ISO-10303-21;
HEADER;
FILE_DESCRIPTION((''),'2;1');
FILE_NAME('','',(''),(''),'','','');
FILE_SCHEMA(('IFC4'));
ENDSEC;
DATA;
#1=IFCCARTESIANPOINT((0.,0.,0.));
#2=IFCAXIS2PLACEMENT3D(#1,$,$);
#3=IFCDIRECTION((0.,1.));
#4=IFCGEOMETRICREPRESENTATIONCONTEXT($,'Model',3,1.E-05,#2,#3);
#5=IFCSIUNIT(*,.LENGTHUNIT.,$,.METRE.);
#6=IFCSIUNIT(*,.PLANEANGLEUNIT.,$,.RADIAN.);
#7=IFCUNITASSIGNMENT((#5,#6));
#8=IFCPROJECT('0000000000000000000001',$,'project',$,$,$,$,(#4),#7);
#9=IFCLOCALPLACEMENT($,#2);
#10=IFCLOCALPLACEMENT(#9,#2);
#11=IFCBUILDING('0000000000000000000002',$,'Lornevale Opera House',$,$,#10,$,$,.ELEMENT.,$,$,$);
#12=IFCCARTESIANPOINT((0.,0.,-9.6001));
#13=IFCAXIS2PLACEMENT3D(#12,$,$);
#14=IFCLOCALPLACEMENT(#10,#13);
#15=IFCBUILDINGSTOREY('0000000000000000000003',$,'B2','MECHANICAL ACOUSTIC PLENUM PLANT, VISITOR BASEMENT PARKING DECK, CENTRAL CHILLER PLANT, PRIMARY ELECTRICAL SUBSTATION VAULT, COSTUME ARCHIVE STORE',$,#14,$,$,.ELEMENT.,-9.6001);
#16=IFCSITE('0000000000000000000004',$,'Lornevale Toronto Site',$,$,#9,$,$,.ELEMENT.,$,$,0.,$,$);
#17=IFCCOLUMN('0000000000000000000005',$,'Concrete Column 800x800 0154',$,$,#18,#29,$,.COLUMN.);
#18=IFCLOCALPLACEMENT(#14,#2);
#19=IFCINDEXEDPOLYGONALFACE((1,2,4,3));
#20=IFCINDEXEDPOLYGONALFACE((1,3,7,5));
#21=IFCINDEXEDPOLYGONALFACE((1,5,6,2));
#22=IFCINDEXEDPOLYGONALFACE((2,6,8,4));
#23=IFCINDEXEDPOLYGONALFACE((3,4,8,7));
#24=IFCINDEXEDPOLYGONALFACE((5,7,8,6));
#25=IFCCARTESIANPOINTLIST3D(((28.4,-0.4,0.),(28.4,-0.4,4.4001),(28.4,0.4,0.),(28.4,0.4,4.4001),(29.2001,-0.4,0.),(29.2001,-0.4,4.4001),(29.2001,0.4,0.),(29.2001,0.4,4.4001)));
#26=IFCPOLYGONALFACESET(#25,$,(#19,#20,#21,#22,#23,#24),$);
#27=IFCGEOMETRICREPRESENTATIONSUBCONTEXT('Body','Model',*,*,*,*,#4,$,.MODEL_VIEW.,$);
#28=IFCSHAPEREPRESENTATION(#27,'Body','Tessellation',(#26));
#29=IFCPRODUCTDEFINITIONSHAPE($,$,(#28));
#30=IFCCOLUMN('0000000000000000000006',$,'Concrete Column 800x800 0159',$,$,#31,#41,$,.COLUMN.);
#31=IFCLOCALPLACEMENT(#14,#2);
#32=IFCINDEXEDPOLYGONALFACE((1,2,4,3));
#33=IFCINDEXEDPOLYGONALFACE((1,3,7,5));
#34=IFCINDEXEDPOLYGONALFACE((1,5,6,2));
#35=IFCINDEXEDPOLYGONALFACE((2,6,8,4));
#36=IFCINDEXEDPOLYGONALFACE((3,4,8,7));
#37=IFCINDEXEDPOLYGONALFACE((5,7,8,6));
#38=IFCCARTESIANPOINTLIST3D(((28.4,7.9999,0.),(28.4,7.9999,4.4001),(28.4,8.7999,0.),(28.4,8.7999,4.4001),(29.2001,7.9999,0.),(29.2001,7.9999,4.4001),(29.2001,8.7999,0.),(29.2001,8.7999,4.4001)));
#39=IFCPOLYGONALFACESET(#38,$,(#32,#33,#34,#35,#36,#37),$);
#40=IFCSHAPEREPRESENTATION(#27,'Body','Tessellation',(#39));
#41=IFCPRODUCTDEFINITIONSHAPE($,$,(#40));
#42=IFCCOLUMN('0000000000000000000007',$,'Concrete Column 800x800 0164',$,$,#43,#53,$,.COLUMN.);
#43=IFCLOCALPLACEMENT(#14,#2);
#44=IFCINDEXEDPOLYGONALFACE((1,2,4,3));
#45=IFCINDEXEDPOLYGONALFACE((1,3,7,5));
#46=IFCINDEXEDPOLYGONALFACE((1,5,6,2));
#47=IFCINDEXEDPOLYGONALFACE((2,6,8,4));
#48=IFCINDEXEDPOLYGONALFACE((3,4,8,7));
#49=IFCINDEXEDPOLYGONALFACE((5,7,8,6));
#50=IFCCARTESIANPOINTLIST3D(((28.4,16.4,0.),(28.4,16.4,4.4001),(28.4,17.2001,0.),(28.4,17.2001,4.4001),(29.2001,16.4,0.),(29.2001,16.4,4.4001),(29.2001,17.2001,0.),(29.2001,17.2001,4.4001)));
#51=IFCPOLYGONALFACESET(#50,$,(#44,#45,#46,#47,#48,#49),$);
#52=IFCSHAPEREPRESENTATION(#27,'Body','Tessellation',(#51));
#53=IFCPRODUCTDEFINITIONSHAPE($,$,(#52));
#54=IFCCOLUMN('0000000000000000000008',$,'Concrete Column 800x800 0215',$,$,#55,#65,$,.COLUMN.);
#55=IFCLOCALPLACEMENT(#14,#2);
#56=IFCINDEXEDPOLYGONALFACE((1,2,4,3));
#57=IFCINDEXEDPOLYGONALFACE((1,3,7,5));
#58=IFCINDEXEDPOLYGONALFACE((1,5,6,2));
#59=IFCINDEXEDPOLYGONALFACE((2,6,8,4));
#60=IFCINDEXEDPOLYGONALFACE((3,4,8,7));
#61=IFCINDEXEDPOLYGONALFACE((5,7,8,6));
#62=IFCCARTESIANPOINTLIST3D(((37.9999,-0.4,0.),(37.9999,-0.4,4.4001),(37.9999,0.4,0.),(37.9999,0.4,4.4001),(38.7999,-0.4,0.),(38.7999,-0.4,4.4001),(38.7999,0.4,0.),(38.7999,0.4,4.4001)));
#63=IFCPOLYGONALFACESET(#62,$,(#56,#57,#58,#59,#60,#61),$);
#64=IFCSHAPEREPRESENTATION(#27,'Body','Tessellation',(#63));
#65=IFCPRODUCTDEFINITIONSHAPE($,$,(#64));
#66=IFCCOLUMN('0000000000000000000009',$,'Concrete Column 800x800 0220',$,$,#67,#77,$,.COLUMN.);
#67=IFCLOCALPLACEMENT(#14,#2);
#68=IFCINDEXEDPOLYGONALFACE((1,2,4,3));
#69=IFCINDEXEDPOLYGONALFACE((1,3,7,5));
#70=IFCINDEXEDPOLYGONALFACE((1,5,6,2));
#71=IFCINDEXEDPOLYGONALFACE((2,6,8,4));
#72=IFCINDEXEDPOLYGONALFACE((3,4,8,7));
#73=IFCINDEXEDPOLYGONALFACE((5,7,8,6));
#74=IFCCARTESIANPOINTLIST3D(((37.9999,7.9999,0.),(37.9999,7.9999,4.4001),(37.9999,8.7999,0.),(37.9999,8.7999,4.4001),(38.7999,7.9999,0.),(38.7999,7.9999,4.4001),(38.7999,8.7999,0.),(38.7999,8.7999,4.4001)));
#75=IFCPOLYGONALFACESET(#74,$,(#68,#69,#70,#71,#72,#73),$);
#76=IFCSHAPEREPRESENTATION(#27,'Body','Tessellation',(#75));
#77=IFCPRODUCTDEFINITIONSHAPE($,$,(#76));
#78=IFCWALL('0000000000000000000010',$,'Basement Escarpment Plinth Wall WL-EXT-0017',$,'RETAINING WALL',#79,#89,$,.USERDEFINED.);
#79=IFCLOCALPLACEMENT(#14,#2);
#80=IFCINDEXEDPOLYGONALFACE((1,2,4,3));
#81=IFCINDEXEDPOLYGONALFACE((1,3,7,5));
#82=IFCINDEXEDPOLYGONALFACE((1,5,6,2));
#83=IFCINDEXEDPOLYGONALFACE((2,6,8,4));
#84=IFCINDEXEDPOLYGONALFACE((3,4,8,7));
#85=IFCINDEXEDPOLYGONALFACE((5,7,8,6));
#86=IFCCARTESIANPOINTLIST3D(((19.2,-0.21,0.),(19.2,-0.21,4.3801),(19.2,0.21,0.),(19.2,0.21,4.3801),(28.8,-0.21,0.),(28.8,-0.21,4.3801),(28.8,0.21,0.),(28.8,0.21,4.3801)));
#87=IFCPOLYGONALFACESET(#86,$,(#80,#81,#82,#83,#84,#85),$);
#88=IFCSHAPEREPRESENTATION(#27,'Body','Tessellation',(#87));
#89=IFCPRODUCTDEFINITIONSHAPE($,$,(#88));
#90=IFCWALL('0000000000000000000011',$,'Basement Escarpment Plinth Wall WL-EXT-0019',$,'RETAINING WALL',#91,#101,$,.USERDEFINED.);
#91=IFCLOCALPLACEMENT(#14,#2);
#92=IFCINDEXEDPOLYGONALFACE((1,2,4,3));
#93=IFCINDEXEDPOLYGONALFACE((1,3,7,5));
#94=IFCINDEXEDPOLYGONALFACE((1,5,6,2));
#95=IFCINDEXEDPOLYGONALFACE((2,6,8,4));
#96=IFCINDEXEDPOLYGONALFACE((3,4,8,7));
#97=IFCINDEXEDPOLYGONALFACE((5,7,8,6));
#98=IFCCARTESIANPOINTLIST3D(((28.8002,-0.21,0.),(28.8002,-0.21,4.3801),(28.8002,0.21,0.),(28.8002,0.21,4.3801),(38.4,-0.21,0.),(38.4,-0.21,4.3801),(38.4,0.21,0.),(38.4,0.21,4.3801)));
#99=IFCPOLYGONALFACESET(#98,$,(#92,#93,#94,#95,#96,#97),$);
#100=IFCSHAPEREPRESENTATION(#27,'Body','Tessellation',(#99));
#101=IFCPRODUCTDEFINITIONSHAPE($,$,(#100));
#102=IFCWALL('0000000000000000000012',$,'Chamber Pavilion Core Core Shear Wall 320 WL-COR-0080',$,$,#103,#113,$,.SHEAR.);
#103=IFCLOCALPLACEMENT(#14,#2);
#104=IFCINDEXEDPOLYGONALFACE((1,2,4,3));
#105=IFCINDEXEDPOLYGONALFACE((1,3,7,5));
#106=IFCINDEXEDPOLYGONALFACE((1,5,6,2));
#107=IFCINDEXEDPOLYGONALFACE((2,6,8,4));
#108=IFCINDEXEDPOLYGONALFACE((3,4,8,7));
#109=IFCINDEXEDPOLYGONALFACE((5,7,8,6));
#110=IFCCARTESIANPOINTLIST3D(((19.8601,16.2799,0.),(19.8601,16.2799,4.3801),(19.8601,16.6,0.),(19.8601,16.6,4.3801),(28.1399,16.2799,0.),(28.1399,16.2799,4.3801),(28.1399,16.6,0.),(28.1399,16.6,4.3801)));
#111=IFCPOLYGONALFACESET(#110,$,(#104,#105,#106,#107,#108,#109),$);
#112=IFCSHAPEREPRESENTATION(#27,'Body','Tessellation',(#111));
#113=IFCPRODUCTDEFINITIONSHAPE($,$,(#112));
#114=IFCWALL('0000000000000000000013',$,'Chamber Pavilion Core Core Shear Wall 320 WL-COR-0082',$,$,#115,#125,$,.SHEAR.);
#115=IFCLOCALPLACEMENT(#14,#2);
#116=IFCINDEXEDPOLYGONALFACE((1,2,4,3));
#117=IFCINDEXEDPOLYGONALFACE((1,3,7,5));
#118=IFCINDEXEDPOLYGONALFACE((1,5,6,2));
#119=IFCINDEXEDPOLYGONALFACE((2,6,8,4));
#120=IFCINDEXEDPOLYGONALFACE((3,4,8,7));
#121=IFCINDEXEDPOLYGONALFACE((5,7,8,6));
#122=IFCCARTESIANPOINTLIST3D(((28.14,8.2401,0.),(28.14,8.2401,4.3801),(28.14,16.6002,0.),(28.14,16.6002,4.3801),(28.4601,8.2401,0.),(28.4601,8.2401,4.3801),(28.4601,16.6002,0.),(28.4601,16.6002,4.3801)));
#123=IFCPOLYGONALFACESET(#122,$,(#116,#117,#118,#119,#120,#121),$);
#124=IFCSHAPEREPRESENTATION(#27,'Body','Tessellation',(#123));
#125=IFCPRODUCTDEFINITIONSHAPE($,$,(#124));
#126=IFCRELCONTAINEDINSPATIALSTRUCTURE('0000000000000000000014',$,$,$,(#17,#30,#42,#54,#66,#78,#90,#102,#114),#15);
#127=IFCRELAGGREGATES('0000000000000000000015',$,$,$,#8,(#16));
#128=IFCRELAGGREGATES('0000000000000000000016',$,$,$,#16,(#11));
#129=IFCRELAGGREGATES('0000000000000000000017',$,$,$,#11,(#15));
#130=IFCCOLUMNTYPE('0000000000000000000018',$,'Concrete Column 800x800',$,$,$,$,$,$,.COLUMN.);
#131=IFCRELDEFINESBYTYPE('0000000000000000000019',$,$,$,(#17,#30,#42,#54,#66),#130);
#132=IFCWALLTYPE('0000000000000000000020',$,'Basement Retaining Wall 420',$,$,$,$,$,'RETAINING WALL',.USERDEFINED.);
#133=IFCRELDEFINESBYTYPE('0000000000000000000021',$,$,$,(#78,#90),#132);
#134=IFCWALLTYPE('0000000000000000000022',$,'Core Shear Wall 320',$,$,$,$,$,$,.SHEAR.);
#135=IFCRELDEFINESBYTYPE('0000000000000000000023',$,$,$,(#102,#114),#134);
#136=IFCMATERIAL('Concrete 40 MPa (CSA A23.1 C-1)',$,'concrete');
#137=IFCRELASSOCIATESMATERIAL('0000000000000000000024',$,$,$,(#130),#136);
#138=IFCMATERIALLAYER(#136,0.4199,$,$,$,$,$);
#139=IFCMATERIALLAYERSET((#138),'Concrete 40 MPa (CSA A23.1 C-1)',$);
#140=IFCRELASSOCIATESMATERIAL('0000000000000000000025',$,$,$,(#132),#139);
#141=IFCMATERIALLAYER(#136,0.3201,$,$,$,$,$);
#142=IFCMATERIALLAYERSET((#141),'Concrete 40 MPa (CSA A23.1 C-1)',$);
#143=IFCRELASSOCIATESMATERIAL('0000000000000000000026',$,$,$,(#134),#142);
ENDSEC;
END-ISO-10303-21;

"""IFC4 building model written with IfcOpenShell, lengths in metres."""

from ifc_helpers import new_model, si_unit, direction, frame, frame_2d, origin, origin_2d, place, context, subcontext, project, spatial, rectangle, extrude, material, layer, layer_set, material_profile, profile_set, type_object, element, save


model = new_model("IFC4")

# Units and contexts
model_context = context("Model", 3, precision=1e-05, world=origin(), true_north=direction((0.0, 1.0)))
body_context = subcontext(model_context, "Body", "Model", "MODEL_VIEW")
ifc_project = project(units=[si_unit("LENGTHUNIT", "METRE"), si_unit("PLANEANGLEUNIT", "RADIAN")], contexts=[model_context])

# Site, building, storey
site_placement = place(None, origin())
site = spatial("IfcSite", under=ifc_project, at=site_placement, Name="Lornevale Toronto Site", CompositionType="ELEMENT", RefElevation=0.0)
building_placement = place(site_placement, origin())
building = spatial("IfcBuilding", under=site, at=building_placement, Name="Lornevale Opera House", CompositionType="ELEMENT")
storey_placement = place(building_placement, frame((0.0, 0.0, -9.6001)))
storey = spatial("IfcBuildingStorey", under=building, at=storey_placement, Name="B2", Description="MECHANICAL ACOUSTIC PLENUM PLANT, VISITOR BASEMENT PARKING DECK, CENTRAL CHILLER PLANT, PRIMARY ELECTRICAL SUBSTATION VAULT, COSTUME ARCHIVE STORE", CompositionType="ELEMENT", Elevation=-9.6001)

# Shared definitions
ifc_material_1 = material(Name="Concrete 40 MPa (CSA A23.1 C-1)", Category="concrete")

# Columns
ifc_material_profile_1 = material_profile(ifc_material_1, rectangle(XDim=0.8, YDim=0.8, at=origin_2d()), Name="RC800x800")
ifc_profile_set_1 = profile_set([ifc_material_profile_1], Name="Concrete 40 MPa (CSA A23.1 C-1)")
column_type = type_object("IfcColumnType", Name="Concrete Column 800x800", PredefinedType="COLUMN", material=ifc_profile_set_1)
for number, where, z_axis, x_axis, name in (
    (1, (28.8, 0.0, 0.0), (0.0, 0.0, 1.0), (1.0, 0.0, 0.0), "Concrete Column 800x800 0154"),
    (2, (28.8, 8.3999, 0.0), (0.0, 0.0, 1.0), (1.0, 0.0, 0.0), "Concrete Column 800x800 0159"),
    (3, (28.8, 16.8, 0.0), (0.0, 0.0, 1.0), (1.0, 0.0, 0.0), "Concrete Column 800x800 0164"),
    (4, (38.3999, 0.0, 0.0), (0.0, 0.0, 1.0), (1.0, 0.0, 0.0), "Concrete Column 800x800 0215"),
    (5, (38.3999, 8.3999, 0.0), (0.0, 0.0, 1.0), (1.0, 0.0, 0.0), "Concrete Column 800x800 0220"),
):
    element("IfcColumn", number, at=place(storey_placement, frame(where, z_axis=z_axis, x_axis=x_axis)), inside=storey, type_object=column_type, Name=name, PredefinedType="COLUMN", context=body_context, shape_type="SweptSolid", body=[
        extrude(rectangle(XDim=0.8, YDim=0.8, at=origin_2d()), origin(), (0.0, 0.0, 1.0), 4.4001),
    ])

# Walls
ifc_layer_1 = layer(ifc_material_1, 0.4199)
ifc_layer_set_1 = layer_set([ifc_layer_1], Name="Concrete 40 MPa (CSA A23.1 C-1)")
wall_type_1 = type_object("IfcWallType", Name="Basement Retaining Wall 420", ElementType="RETAINING WALL", PredefinedType="USERDEFINED", material=ifc_layer_set_1)
wall_1_placement = place(storey_placement, frame((28.8, 0.0, 0.0), z_axis=(0.0, 0.0, 1.0), x_axis=(-1.0, 0.0, 0.0)))
element("IfcWall", 6, at=wall_1_placement, inside=storey, type_object=wall_type_1, Name="Basement Escarpment Plinth Wall WL-EXT-0017", ObjectType="RETAINING WALL", PredefinedType="USERDEFINED", context=body_context, shape_type="SweptSolid", body=[
    extrude(rectangle(XDim=9.6001, YDim=0.4199, at=frame_2d((4.8, 0.0))), origin(), (0.0, 0.0, 1.0), 4.3801),
])
wall_2_placement = place(storey_placement, frame((38.3999, 0.0, 0.0), z_axis=(0.0, 0.0, 1.0), x_axis=(-1.0, 0.0, 0.0)))
element("IfcWall", 7, at=wall_2_placement, inside=storey, type_object=wall_type_1, Name="Basement Escarpment Plinth Wall WL-EXT-0019", ObjectType="RETAINING WALL", PredefinedType="USERDEFINED", context=body_context, shape_type="SweptSolid", body=[
    extrude(rectangle(XDim=9.5999, YDim=0.4199, at=frame_2d((4.7998, 0.0))), origin(), (0.0, 0.0, 1.0), 4.3801),
])
ifc_layer_2 = layer(ifc_material_1, 0.3201)
ifc_layer_set_2 = layer_set([ifc_layer_2], Name="Concrete 40 MPa (CSA A23.1 C-1)")
wall_type_2 = type_object("IfcWallType", Name="Core Shear Wall 320", PredefinedType="SHEAR", material=ifc_layer_set_2)
wall_3_placement = place(storey_placement, frame((28.1399, 16.4399, 0.0), z_axis=(0.0, 0.0, 1.0), x_axis=(-1.0, 0.0, 0.0)))
element("IfcWall", 8, at=wall_3_placement, inside=storey, type_object=wall_type_2, Name="Chamber Pavilion Core Core Shear Wall 320 WL-COR-0080", PredefinedType="SHEAR", context=body_context, shape_type="SweptSolid", body=[
    extrude(rectangle(XDim=8.2798, YDim=0.3201, at=frame_2d((4.1399, 0.0))), origin(), (0.0, 0.0, 1.0), 4.3801),
])
wall_4_placement = place(storey_placement, frame((28.3, 8.24, 0.0), z_axis=(0.0, 0.0, 1.0), x_axis=(0.0, 1.0, 0.0)))
element("IfcWall", 9, at=wall_4_placement, inside=storey, type_object=wall_type_2, Name="Chamber Pavilion Core Core Shear Wall 320 WL-COR-0082", PredefinedType="SHEAR", context=body_context, shape_type="SweptSolid", body=[
    extrude(rectangle(XDim=8.3601, YDim=0.3201, at=frame_2d((4.1802, 0.0))), origin(), (0.0, 0.0, 1.0), 4.3801),
])

save(model, "model.ifc")
